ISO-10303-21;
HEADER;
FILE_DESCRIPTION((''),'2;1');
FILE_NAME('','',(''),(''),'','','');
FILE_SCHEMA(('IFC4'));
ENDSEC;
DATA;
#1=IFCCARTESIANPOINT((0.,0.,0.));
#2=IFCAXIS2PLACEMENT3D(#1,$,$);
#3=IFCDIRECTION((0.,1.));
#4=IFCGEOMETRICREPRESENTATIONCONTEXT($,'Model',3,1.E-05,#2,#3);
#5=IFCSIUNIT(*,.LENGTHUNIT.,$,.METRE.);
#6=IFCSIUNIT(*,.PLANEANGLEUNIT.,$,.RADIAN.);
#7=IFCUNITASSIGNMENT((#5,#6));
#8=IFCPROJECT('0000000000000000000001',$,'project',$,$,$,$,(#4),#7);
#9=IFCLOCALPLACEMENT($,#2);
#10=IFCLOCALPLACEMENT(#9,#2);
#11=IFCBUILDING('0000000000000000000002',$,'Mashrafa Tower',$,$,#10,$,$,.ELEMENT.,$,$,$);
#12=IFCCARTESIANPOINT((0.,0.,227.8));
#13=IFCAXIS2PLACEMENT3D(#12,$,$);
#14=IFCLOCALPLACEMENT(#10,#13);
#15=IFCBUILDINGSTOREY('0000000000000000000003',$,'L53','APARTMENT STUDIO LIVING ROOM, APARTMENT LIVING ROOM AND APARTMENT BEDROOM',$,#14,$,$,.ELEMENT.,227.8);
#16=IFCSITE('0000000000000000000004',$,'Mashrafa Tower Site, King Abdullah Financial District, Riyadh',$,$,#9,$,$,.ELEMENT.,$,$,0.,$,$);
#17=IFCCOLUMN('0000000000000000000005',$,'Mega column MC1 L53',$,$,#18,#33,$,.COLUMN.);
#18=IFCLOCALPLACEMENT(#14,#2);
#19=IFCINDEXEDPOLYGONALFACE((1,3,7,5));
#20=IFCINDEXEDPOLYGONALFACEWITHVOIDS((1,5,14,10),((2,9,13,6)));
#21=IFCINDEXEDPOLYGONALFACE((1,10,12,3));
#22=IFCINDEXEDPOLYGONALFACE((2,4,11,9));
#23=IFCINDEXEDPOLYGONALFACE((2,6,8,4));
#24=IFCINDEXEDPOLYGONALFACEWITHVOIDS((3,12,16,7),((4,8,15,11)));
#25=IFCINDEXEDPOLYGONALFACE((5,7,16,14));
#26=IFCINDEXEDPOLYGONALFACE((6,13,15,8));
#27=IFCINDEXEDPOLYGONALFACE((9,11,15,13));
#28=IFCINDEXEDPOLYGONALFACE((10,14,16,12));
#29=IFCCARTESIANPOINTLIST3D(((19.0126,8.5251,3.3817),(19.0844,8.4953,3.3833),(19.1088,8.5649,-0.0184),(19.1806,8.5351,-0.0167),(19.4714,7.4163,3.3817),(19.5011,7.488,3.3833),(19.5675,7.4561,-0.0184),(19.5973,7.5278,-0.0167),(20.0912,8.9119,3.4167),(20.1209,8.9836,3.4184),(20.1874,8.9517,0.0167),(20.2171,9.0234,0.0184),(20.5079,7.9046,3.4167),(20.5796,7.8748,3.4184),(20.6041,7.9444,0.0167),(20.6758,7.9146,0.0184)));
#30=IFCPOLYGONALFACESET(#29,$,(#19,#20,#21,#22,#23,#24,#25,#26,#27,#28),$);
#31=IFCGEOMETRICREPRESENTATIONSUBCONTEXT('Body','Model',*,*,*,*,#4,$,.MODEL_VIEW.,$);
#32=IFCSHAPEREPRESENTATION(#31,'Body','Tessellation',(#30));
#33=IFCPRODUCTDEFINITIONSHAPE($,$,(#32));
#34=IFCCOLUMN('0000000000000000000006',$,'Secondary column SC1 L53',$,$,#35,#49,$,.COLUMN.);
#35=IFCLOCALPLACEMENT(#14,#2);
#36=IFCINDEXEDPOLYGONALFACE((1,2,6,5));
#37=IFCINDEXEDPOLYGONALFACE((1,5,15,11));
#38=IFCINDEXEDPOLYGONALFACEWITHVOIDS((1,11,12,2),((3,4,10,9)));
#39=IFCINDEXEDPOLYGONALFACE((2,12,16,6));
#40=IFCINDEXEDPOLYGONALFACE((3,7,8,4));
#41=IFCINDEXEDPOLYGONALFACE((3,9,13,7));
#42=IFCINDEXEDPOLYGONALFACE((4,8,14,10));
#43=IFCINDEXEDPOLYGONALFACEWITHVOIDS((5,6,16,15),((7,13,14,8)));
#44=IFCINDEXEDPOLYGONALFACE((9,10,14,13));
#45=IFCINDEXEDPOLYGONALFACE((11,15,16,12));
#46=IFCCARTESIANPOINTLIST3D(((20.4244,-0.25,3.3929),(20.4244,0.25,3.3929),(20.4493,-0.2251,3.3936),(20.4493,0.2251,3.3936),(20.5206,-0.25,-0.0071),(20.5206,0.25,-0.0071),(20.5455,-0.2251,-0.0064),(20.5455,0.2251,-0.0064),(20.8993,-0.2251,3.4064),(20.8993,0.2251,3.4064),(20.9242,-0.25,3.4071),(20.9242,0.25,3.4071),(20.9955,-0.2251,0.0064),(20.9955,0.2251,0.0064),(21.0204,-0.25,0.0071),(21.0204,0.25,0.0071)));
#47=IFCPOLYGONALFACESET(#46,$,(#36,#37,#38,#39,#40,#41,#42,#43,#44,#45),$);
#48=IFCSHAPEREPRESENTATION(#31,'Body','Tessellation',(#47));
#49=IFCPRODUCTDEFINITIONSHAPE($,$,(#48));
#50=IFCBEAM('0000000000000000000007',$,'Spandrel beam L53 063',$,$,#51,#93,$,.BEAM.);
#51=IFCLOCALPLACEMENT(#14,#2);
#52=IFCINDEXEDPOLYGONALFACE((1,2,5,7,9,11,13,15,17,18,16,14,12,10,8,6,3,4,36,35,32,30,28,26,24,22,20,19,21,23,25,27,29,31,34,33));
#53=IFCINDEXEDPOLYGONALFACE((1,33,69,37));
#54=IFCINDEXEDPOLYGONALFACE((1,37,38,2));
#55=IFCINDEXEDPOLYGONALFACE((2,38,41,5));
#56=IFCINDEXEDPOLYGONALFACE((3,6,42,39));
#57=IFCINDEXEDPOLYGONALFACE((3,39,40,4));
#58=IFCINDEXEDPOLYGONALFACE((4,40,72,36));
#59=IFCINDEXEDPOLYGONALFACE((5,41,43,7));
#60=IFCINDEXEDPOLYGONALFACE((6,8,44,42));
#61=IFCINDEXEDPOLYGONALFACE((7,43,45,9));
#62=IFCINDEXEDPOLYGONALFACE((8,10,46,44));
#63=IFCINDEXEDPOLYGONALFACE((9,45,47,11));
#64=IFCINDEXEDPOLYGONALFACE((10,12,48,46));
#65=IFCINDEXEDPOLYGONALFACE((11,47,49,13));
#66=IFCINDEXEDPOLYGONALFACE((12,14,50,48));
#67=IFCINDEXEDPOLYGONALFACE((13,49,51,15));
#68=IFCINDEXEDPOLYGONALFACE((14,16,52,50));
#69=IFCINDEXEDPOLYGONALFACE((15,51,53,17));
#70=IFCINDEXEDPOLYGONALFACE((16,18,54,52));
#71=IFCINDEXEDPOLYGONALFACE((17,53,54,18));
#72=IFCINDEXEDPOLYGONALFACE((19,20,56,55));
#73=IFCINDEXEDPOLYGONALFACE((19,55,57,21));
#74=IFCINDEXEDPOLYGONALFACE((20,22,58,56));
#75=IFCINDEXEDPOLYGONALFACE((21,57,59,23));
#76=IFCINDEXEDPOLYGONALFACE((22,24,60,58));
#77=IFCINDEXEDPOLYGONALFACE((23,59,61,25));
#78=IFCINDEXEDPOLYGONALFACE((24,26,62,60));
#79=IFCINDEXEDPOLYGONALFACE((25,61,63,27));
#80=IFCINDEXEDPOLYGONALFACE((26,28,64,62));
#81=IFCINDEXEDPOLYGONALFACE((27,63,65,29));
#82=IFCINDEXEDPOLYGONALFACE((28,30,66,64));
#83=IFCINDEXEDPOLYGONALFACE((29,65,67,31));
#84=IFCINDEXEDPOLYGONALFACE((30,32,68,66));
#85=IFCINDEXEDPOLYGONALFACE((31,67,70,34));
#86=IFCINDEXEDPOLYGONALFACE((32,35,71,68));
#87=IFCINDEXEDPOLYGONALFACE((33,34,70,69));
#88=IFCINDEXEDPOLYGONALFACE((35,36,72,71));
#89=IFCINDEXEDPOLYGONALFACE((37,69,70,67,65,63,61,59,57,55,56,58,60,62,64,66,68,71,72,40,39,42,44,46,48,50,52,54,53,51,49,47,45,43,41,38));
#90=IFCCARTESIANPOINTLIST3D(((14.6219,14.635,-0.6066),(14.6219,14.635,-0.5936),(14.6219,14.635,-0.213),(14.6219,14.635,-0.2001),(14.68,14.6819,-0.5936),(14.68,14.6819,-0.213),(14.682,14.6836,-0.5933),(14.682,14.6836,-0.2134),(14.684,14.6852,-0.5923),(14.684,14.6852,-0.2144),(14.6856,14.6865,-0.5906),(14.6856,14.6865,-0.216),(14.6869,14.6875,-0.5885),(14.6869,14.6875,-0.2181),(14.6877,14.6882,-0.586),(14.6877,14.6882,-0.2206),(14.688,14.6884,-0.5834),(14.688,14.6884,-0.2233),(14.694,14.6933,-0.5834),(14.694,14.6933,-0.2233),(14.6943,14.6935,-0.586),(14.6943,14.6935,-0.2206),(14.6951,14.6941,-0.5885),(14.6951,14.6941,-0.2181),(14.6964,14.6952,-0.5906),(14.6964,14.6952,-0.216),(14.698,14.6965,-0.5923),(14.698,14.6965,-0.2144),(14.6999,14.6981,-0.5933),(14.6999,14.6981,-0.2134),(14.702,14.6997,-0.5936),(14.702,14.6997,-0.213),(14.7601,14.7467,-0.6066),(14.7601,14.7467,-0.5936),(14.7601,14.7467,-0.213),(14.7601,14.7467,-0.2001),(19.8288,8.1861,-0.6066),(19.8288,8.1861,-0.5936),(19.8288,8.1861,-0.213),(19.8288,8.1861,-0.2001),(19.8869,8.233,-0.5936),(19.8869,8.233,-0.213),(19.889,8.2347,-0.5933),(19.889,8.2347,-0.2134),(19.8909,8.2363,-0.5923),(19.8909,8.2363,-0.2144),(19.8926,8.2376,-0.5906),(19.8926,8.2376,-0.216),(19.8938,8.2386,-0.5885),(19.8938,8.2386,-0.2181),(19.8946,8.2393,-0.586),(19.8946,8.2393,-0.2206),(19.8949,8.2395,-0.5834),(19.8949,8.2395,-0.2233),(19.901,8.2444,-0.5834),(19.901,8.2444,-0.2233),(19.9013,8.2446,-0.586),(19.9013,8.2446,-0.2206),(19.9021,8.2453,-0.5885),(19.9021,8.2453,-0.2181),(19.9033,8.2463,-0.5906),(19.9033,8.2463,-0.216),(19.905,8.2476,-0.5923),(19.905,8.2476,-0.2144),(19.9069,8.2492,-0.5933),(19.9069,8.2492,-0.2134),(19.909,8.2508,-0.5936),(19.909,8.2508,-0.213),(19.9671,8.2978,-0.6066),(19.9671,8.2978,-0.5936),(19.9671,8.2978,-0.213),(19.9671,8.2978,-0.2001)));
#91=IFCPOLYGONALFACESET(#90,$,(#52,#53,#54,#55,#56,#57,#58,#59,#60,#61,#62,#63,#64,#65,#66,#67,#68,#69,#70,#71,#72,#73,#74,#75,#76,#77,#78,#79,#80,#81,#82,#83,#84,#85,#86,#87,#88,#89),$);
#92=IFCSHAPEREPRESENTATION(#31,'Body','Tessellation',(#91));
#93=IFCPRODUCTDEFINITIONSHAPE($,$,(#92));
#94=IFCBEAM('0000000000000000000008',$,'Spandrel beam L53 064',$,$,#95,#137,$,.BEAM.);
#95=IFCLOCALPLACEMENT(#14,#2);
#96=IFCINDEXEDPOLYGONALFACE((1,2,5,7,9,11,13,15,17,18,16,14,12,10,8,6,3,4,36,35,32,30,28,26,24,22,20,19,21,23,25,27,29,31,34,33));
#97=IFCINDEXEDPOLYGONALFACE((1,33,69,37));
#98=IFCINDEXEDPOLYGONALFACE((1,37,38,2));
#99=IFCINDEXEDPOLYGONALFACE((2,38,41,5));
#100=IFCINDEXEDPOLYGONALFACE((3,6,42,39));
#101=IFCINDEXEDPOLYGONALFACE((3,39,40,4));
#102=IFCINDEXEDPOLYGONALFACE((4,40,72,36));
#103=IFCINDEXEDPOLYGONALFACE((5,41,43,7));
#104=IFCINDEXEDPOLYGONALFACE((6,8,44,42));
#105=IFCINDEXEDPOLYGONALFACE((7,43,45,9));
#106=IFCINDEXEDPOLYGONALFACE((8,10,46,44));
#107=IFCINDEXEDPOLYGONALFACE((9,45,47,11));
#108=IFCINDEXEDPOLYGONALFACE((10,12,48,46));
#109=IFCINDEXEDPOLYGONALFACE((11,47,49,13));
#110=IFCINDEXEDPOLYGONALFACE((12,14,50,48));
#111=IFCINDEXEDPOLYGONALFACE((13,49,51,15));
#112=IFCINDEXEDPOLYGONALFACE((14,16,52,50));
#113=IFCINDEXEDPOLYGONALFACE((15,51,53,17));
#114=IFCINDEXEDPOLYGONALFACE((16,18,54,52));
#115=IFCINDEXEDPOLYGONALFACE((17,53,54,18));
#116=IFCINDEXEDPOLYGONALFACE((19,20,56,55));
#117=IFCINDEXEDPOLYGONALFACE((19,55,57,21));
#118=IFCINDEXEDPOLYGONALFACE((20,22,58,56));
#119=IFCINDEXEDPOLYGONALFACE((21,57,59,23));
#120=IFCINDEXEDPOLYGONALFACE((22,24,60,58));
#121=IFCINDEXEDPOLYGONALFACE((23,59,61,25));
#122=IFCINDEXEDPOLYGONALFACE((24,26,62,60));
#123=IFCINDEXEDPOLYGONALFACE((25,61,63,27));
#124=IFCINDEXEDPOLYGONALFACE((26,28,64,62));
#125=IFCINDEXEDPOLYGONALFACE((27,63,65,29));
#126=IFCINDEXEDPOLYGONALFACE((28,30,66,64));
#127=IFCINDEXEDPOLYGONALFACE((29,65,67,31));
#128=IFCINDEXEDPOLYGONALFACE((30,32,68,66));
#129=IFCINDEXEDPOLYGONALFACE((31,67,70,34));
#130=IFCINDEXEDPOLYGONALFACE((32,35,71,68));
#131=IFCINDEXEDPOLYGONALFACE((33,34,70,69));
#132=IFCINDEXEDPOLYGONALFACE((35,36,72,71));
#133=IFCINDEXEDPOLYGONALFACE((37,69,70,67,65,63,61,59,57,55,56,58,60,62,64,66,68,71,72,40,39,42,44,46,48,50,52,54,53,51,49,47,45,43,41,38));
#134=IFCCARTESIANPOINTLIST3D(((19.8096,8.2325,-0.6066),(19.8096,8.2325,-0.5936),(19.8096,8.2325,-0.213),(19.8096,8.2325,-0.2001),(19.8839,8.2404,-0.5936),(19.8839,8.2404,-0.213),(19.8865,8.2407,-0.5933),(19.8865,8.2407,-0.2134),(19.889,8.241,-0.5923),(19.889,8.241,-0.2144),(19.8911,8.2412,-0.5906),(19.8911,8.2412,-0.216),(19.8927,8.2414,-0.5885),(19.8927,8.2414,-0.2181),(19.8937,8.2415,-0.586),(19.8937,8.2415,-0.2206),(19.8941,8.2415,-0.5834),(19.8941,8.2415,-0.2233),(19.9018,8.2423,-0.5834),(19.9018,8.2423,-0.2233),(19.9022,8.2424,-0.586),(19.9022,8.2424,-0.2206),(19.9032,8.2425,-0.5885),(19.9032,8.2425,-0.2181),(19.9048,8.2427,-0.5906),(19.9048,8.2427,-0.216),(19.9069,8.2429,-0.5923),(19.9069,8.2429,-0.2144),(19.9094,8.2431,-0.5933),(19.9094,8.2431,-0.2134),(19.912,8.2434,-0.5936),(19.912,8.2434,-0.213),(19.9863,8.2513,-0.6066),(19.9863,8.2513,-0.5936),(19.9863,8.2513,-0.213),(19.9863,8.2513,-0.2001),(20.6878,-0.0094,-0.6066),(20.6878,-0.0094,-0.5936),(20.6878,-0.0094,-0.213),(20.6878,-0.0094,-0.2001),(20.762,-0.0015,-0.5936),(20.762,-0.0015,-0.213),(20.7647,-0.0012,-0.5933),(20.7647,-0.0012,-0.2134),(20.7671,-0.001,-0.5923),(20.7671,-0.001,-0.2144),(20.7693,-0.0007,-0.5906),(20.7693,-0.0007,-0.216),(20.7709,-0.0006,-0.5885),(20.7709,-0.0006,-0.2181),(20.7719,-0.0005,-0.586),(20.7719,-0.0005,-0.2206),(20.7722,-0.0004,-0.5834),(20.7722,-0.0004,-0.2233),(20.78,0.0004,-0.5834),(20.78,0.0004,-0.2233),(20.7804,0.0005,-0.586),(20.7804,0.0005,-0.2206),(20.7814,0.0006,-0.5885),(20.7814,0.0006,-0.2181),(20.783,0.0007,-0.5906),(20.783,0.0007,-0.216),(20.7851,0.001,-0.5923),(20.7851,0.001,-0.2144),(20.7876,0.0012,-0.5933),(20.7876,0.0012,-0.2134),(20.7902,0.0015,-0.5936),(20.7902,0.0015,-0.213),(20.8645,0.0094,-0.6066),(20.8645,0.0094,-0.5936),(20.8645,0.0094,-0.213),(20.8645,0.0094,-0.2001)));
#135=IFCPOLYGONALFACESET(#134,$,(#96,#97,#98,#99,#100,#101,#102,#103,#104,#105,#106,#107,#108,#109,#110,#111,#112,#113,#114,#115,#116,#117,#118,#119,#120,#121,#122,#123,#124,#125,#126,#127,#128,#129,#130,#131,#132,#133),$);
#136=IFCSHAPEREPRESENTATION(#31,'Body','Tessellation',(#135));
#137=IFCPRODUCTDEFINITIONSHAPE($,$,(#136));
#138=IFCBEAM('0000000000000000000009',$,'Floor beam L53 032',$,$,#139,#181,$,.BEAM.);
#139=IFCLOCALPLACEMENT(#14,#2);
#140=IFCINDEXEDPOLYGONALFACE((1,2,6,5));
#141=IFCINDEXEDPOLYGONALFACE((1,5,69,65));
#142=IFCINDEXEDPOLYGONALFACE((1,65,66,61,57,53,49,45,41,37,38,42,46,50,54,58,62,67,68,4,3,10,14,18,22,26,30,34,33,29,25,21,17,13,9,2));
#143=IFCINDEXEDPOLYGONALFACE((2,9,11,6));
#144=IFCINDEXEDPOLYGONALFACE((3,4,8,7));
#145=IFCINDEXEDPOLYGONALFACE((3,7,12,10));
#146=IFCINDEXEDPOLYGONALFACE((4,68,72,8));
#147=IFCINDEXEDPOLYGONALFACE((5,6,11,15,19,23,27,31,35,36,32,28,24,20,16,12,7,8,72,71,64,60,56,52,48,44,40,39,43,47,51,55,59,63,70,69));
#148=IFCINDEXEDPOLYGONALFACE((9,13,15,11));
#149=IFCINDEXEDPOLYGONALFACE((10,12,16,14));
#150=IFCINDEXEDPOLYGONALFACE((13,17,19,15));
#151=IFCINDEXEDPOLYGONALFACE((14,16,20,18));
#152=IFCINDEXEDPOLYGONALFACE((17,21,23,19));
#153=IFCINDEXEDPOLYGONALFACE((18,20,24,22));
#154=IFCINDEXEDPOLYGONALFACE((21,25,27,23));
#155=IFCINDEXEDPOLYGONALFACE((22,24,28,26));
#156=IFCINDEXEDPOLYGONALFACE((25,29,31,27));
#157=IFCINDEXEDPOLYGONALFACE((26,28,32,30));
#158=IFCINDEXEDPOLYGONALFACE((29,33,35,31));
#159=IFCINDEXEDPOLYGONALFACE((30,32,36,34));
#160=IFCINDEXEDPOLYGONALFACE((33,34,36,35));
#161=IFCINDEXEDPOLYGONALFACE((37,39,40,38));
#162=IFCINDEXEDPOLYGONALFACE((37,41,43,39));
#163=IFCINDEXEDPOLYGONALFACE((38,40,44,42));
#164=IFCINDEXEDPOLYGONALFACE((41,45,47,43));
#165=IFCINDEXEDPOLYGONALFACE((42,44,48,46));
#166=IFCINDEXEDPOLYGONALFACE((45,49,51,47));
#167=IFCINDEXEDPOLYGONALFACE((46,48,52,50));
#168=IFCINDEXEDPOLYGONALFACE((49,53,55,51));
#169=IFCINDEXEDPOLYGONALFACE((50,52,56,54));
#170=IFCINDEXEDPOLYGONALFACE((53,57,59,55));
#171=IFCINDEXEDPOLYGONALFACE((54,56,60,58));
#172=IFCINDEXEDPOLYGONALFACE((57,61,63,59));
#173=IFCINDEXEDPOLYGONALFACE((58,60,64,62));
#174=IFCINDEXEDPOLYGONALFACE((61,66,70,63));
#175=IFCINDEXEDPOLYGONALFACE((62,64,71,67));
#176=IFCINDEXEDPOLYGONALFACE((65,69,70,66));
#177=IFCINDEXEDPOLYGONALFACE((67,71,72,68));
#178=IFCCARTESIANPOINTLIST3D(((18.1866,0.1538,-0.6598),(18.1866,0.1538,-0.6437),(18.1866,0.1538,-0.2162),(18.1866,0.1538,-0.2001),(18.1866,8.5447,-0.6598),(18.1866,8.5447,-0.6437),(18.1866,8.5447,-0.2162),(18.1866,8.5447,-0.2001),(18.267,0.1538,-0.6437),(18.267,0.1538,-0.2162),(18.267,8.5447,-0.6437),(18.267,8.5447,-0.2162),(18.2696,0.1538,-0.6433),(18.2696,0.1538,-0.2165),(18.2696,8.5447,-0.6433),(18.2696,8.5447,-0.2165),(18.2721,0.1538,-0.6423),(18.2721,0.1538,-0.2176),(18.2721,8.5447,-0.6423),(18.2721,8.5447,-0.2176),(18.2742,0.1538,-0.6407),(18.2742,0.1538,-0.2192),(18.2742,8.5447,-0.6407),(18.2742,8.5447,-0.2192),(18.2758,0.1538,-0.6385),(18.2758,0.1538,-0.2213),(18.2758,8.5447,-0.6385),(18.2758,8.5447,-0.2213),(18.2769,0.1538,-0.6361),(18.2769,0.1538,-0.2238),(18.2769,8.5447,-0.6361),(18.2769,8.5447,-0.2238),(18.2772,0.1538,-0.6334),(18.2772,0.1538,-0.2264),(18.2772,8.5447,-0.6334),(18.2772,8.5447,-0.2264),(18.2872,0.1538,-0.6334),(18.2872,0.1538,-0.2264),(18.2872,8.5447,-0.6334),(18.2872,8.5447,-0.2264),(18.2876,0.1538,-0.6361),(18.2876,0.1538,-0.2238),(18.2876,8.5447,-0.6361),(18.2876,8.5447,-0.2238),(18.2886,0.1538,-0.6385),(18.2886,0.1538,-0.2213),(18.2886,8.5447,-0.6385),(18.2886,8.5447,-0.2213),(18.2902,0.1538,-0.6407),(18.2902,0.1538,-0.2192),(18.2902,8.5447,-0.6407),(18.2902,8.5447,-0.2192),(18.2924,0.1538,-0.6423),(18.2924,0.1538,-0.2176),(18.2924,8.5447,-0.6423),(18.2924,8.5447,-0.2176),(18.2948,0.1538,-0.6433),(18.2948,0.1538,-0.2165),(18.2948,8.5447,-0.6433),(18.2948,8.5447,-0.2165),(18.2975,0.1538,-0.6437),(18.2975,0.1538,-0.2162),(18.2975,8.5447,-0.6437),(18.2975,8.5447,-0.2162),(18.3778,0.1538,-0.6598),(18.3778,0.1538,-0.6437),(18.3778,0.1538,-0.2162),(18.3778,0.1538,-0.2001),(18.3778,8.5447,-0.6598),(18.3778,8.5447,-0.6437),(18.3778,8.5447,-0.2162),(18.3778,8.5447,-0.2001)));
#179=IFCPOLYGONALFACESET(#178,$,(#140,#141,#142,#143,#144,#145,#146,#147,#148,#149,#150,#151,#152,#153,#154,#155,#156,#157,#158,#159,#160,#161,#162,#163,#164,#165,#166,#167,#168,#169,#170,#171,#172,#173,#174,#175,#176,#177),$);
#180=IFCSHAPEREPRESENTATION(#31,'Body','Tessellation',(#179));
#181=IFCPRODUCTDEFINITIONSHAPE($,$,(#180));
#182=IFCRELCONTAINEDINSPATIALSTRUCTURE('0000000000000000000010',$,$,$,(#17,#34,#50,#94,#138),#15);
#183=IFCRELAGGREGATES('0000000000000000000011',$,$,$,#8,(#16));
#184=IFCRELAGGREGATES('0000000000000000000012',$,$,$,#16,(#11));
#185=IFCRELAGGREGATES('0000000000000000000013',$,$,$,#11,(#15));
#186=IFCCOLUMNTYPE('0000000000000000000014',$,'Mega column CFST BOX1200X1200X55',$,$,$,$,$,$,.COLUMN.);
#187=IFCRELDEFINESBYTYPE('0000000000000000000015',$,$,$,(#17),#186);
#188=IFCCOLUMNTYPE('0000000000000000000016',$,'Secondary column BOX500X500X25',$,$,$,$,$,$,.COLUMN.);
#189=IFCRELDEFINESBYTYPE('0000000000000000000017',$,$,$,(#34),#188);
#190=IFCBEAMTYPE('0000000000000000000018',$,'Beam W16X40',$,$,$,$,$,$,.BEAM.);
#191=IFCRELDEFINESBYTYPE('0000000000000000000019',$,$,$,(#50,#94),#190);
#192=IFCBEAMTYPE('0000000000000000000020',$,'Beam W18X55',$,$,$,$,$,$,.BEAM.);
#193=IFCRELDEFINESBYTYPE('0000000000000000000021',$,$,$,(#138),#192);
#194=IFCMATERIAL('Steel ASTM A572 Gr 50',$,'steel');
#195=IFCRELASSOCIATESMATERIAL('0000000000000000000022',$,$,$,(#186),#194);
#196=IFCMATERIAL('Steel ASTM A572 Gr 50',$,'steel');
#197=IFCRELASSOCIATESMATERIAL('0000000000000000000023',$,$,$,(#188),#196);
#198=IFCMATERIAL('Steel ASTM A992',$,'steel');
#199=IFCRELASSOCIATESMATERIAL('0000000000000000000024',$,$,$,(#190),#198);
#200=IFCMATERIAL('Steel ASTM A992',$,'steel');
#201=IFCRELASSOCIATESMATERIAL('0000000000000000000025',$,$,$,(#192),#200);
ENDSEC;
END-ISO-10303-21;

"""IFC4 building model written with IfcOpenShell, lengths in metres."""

from ifc_helpers import new_model, si_unit, direction, frame, origin, origin_2d, place, context, subcontext, project, spatial, hollow_rectangle, i_section, extrude, material, material_profile, profile_set, type_object, element, save


model = new_model("IFC4")

# Units and contexts
model_context = context("Model", 3, precision=1e-05, world=origin(), true_north=direction((0.0, 1.0)))
body_context = subcontext(model_context, "Body", "Model", "MODEL_VIEW")
ifc_project = project(units=[si_unit("LENGTHUNIT", "METRE"), si_unit("PLANEANGLEUNIT", "RADIAN")], contexts=[model_context])

# Site, building, storey
site_placement = place(None, origin())
site = spatial("IfcSite", under=ifc_project, at=site_placement, Name="Mashrafa Tower Site, King Abdullah Financial District, Riyadh", CompositionType="ELEMENT", RefElevation=0.0)
building_placement = place(site_placement, origin())
building = spatial("IfcBuilding", under=site, at=building_placement, Name="Mashrafa Tower", CompositionType="ELEMENT")
storey_placement = place(building_placement, frame((0.0, 0.0, 227.8)))
storey = spatial("IfcBuildingStorey", under=building, at=storey_placement, Name="L53", Description="APARTMENT STUDIO LIVING ROOM, APARTMENT LIVING ROOM AND APARTMENT BEDROOM", CompositionType="ELEMENT", Elevation=227.8)

# Columns
ifc_material_1 = material(Name="Steel ASTM A572 Gr 50", Category="steel")
ifc_material_profile_1 = material_profile(ifc_material_1, hollow_rectangle(XDim=1.2, YDim=1.2, WallThickness=0.0549, at=origin_2d()), Name="BOX1200X1200X55")
ifc_profile_set_1 = profile_set([ifc_material_profile_1], Name="Steel ASTM A572 Gr 50")
column_type_1 = type_object("IfcColumnType", Name="Mega column CFST BOX1200X1200X55", PredefinedType="COLUMN", material=ifc_profile_set_1)
column_1_placement = place(storey_placement, frame((19.8923, 8.2397, 0.0), z_axis=(-0.028279, -0.011699, 0.999532), x_axis=(0.382283, -0.924045, 0.0)))
element("IfcColumn", 1, at=column_1_placement, inside=storey, type_object=column_type_1, Name="Mega column MC1 L53", PredefinedType="COLUMN", context=body_context, shape_type="SweptSolid", body=[
    extrude(hollow_rectangle(XDim=1.2, YDim=1.2, WallThickness=0.0549, at=origin_2d()), origin(), (0.0, 0.0, 1.0), 3.4016),
])
ifc_material_2 = material(Name="Steel ASTM A572 Gr 50", Category="steel")
ifc_material_profile_2 = material_profile(ifc_material_2, hollow_rectangle(XDim=0.5, YDim=0.5, WallThickness=0.0249, at=origin_2d()), Name="BOX500X500X25")
ifc_profile_set_2 = profile_set([ifc_material_profile_2], Name="Steel ASTM A572 Gr 50")
column_type_2 = type_object("IfcColumnType", Name="Secondary column BOX500X500X25", PredefinedType="COLUMN", material=ifc_profile_set_2)
column_2_placement = place(storey_placement, frame((20.7705, 0.0, 0.0), z_axis=(-0.028281, 0.0, 0.9996), x_axis=(0.0, -1.0, 0.0)))
element("IfcColumn", 2, at=column_2_placement, inside=storey, type_object=column_type_2, Name="Secondary column SC1 L53", PredefinedType="COLUMN", context=body_context, shape_type="SweptSolid", body=[
    extrude(hollow_rectangle(XDim=0.5, YDim=0.5, WallThickness=0.0249, at=origin_2d()), origin(), (0.0, 0.0, 1.0), 3.4014),
])

# Beams
ifc_material_3 = material(Name="Steel ASTM A992", Category="steel")
ifc_material_profile_3 = material_profile(ifc_material_3, i_section(OverallWidth=0.1777, OverallDepth=0.4065, WebThickness=0.0078, FlangeThickness=0.0129, FilletRadius=0.0103, at=origin_2d()), Name="W16X40")
ifc_profile_set_3 = profile_set([ifc_material_profile_3], Name="Steel ASTM A992")
beam_type_1 = type_object("IfcBeamType", Name="Beam W16X40", PredefinedType="BEAM", material=ifc_profile_set_3)
for number, where, z_axis, x_axis, name in (
    (3, (19.8979, 8.2419, -0.4033), (-0.628209, 0.778045, 0.0), (-0.778045, -0.628209, 0.0), "Spandrel beam L53 063"),
    (4, (20.7761, 0.0, -0.4033), (-0.10595, 0.994371, 0.0), (-0.994371, -0.10595, 0.0), "Spandrel beam L53 064"),
):
    element("IfcBeam", number, at=place(storey_placement, frame(where, z_axis=z_axis, x_axis=x_axis)), inside=storey, type_object=beam_type_1, Name=name, PredefinedType="BEAM", context=body_context, shape_type="SweptSolid", body=[
        extrude(i_section(OverallWidth=0.1777, OverallDepth=0.4065, WebThickness=0.0078, FlangeThickness=0.0129, FilletRadius=0.0103, at=origin_2d()), origin(), (0.0, 0.0, 1.0), 8.2886),
    ])
ifc_material_4 = material(Name="Steel ASTM A992", Category="steel")
ifc_material_profile_4 = material_profile(ifc_material_4, i_section(OverallWidth=0.1912, OverallDepth=0.4597, WebThickness=0.01, FlangeThickness=0.0161, FilletRadius=0.0103, at=origin_2d()), Name="W18X55")
ifc_profile_set_4 = profile_set([ifc_material_profile_4], Name="Steel ASTM A992")
beam_type_2 = type_object("IfcBeamType", Name="Beam W18X55", PredefinedType="BEAM", material=ifc_profile_set_4)
beam_1_placement = place(storey_placement, frame((18.2822, 8.5447, -0.4299), z_axis=(0.0, -1.0, 0.0), x_axis=(1.0, 0.0, 0.0)))
element("IfcBeam", 5, at=beam_1_placement, inside=storey, type_object=beam_type_2, Name="Floor beam L53 032", PredefinedType="BEAM", context=body_context, shape_type="SweptSolid", body=[
    extrude(i_section(OverallWidth=0.1912, OverallDepth=0.4597, WebThickness=0.01, FlangeThickness=0.0161, FilletRadius=0.0103, at=origin_2d()), origin(), (0.0, 0.0, 1.0), 8.3909),
])

save(model, "model.ifc")
